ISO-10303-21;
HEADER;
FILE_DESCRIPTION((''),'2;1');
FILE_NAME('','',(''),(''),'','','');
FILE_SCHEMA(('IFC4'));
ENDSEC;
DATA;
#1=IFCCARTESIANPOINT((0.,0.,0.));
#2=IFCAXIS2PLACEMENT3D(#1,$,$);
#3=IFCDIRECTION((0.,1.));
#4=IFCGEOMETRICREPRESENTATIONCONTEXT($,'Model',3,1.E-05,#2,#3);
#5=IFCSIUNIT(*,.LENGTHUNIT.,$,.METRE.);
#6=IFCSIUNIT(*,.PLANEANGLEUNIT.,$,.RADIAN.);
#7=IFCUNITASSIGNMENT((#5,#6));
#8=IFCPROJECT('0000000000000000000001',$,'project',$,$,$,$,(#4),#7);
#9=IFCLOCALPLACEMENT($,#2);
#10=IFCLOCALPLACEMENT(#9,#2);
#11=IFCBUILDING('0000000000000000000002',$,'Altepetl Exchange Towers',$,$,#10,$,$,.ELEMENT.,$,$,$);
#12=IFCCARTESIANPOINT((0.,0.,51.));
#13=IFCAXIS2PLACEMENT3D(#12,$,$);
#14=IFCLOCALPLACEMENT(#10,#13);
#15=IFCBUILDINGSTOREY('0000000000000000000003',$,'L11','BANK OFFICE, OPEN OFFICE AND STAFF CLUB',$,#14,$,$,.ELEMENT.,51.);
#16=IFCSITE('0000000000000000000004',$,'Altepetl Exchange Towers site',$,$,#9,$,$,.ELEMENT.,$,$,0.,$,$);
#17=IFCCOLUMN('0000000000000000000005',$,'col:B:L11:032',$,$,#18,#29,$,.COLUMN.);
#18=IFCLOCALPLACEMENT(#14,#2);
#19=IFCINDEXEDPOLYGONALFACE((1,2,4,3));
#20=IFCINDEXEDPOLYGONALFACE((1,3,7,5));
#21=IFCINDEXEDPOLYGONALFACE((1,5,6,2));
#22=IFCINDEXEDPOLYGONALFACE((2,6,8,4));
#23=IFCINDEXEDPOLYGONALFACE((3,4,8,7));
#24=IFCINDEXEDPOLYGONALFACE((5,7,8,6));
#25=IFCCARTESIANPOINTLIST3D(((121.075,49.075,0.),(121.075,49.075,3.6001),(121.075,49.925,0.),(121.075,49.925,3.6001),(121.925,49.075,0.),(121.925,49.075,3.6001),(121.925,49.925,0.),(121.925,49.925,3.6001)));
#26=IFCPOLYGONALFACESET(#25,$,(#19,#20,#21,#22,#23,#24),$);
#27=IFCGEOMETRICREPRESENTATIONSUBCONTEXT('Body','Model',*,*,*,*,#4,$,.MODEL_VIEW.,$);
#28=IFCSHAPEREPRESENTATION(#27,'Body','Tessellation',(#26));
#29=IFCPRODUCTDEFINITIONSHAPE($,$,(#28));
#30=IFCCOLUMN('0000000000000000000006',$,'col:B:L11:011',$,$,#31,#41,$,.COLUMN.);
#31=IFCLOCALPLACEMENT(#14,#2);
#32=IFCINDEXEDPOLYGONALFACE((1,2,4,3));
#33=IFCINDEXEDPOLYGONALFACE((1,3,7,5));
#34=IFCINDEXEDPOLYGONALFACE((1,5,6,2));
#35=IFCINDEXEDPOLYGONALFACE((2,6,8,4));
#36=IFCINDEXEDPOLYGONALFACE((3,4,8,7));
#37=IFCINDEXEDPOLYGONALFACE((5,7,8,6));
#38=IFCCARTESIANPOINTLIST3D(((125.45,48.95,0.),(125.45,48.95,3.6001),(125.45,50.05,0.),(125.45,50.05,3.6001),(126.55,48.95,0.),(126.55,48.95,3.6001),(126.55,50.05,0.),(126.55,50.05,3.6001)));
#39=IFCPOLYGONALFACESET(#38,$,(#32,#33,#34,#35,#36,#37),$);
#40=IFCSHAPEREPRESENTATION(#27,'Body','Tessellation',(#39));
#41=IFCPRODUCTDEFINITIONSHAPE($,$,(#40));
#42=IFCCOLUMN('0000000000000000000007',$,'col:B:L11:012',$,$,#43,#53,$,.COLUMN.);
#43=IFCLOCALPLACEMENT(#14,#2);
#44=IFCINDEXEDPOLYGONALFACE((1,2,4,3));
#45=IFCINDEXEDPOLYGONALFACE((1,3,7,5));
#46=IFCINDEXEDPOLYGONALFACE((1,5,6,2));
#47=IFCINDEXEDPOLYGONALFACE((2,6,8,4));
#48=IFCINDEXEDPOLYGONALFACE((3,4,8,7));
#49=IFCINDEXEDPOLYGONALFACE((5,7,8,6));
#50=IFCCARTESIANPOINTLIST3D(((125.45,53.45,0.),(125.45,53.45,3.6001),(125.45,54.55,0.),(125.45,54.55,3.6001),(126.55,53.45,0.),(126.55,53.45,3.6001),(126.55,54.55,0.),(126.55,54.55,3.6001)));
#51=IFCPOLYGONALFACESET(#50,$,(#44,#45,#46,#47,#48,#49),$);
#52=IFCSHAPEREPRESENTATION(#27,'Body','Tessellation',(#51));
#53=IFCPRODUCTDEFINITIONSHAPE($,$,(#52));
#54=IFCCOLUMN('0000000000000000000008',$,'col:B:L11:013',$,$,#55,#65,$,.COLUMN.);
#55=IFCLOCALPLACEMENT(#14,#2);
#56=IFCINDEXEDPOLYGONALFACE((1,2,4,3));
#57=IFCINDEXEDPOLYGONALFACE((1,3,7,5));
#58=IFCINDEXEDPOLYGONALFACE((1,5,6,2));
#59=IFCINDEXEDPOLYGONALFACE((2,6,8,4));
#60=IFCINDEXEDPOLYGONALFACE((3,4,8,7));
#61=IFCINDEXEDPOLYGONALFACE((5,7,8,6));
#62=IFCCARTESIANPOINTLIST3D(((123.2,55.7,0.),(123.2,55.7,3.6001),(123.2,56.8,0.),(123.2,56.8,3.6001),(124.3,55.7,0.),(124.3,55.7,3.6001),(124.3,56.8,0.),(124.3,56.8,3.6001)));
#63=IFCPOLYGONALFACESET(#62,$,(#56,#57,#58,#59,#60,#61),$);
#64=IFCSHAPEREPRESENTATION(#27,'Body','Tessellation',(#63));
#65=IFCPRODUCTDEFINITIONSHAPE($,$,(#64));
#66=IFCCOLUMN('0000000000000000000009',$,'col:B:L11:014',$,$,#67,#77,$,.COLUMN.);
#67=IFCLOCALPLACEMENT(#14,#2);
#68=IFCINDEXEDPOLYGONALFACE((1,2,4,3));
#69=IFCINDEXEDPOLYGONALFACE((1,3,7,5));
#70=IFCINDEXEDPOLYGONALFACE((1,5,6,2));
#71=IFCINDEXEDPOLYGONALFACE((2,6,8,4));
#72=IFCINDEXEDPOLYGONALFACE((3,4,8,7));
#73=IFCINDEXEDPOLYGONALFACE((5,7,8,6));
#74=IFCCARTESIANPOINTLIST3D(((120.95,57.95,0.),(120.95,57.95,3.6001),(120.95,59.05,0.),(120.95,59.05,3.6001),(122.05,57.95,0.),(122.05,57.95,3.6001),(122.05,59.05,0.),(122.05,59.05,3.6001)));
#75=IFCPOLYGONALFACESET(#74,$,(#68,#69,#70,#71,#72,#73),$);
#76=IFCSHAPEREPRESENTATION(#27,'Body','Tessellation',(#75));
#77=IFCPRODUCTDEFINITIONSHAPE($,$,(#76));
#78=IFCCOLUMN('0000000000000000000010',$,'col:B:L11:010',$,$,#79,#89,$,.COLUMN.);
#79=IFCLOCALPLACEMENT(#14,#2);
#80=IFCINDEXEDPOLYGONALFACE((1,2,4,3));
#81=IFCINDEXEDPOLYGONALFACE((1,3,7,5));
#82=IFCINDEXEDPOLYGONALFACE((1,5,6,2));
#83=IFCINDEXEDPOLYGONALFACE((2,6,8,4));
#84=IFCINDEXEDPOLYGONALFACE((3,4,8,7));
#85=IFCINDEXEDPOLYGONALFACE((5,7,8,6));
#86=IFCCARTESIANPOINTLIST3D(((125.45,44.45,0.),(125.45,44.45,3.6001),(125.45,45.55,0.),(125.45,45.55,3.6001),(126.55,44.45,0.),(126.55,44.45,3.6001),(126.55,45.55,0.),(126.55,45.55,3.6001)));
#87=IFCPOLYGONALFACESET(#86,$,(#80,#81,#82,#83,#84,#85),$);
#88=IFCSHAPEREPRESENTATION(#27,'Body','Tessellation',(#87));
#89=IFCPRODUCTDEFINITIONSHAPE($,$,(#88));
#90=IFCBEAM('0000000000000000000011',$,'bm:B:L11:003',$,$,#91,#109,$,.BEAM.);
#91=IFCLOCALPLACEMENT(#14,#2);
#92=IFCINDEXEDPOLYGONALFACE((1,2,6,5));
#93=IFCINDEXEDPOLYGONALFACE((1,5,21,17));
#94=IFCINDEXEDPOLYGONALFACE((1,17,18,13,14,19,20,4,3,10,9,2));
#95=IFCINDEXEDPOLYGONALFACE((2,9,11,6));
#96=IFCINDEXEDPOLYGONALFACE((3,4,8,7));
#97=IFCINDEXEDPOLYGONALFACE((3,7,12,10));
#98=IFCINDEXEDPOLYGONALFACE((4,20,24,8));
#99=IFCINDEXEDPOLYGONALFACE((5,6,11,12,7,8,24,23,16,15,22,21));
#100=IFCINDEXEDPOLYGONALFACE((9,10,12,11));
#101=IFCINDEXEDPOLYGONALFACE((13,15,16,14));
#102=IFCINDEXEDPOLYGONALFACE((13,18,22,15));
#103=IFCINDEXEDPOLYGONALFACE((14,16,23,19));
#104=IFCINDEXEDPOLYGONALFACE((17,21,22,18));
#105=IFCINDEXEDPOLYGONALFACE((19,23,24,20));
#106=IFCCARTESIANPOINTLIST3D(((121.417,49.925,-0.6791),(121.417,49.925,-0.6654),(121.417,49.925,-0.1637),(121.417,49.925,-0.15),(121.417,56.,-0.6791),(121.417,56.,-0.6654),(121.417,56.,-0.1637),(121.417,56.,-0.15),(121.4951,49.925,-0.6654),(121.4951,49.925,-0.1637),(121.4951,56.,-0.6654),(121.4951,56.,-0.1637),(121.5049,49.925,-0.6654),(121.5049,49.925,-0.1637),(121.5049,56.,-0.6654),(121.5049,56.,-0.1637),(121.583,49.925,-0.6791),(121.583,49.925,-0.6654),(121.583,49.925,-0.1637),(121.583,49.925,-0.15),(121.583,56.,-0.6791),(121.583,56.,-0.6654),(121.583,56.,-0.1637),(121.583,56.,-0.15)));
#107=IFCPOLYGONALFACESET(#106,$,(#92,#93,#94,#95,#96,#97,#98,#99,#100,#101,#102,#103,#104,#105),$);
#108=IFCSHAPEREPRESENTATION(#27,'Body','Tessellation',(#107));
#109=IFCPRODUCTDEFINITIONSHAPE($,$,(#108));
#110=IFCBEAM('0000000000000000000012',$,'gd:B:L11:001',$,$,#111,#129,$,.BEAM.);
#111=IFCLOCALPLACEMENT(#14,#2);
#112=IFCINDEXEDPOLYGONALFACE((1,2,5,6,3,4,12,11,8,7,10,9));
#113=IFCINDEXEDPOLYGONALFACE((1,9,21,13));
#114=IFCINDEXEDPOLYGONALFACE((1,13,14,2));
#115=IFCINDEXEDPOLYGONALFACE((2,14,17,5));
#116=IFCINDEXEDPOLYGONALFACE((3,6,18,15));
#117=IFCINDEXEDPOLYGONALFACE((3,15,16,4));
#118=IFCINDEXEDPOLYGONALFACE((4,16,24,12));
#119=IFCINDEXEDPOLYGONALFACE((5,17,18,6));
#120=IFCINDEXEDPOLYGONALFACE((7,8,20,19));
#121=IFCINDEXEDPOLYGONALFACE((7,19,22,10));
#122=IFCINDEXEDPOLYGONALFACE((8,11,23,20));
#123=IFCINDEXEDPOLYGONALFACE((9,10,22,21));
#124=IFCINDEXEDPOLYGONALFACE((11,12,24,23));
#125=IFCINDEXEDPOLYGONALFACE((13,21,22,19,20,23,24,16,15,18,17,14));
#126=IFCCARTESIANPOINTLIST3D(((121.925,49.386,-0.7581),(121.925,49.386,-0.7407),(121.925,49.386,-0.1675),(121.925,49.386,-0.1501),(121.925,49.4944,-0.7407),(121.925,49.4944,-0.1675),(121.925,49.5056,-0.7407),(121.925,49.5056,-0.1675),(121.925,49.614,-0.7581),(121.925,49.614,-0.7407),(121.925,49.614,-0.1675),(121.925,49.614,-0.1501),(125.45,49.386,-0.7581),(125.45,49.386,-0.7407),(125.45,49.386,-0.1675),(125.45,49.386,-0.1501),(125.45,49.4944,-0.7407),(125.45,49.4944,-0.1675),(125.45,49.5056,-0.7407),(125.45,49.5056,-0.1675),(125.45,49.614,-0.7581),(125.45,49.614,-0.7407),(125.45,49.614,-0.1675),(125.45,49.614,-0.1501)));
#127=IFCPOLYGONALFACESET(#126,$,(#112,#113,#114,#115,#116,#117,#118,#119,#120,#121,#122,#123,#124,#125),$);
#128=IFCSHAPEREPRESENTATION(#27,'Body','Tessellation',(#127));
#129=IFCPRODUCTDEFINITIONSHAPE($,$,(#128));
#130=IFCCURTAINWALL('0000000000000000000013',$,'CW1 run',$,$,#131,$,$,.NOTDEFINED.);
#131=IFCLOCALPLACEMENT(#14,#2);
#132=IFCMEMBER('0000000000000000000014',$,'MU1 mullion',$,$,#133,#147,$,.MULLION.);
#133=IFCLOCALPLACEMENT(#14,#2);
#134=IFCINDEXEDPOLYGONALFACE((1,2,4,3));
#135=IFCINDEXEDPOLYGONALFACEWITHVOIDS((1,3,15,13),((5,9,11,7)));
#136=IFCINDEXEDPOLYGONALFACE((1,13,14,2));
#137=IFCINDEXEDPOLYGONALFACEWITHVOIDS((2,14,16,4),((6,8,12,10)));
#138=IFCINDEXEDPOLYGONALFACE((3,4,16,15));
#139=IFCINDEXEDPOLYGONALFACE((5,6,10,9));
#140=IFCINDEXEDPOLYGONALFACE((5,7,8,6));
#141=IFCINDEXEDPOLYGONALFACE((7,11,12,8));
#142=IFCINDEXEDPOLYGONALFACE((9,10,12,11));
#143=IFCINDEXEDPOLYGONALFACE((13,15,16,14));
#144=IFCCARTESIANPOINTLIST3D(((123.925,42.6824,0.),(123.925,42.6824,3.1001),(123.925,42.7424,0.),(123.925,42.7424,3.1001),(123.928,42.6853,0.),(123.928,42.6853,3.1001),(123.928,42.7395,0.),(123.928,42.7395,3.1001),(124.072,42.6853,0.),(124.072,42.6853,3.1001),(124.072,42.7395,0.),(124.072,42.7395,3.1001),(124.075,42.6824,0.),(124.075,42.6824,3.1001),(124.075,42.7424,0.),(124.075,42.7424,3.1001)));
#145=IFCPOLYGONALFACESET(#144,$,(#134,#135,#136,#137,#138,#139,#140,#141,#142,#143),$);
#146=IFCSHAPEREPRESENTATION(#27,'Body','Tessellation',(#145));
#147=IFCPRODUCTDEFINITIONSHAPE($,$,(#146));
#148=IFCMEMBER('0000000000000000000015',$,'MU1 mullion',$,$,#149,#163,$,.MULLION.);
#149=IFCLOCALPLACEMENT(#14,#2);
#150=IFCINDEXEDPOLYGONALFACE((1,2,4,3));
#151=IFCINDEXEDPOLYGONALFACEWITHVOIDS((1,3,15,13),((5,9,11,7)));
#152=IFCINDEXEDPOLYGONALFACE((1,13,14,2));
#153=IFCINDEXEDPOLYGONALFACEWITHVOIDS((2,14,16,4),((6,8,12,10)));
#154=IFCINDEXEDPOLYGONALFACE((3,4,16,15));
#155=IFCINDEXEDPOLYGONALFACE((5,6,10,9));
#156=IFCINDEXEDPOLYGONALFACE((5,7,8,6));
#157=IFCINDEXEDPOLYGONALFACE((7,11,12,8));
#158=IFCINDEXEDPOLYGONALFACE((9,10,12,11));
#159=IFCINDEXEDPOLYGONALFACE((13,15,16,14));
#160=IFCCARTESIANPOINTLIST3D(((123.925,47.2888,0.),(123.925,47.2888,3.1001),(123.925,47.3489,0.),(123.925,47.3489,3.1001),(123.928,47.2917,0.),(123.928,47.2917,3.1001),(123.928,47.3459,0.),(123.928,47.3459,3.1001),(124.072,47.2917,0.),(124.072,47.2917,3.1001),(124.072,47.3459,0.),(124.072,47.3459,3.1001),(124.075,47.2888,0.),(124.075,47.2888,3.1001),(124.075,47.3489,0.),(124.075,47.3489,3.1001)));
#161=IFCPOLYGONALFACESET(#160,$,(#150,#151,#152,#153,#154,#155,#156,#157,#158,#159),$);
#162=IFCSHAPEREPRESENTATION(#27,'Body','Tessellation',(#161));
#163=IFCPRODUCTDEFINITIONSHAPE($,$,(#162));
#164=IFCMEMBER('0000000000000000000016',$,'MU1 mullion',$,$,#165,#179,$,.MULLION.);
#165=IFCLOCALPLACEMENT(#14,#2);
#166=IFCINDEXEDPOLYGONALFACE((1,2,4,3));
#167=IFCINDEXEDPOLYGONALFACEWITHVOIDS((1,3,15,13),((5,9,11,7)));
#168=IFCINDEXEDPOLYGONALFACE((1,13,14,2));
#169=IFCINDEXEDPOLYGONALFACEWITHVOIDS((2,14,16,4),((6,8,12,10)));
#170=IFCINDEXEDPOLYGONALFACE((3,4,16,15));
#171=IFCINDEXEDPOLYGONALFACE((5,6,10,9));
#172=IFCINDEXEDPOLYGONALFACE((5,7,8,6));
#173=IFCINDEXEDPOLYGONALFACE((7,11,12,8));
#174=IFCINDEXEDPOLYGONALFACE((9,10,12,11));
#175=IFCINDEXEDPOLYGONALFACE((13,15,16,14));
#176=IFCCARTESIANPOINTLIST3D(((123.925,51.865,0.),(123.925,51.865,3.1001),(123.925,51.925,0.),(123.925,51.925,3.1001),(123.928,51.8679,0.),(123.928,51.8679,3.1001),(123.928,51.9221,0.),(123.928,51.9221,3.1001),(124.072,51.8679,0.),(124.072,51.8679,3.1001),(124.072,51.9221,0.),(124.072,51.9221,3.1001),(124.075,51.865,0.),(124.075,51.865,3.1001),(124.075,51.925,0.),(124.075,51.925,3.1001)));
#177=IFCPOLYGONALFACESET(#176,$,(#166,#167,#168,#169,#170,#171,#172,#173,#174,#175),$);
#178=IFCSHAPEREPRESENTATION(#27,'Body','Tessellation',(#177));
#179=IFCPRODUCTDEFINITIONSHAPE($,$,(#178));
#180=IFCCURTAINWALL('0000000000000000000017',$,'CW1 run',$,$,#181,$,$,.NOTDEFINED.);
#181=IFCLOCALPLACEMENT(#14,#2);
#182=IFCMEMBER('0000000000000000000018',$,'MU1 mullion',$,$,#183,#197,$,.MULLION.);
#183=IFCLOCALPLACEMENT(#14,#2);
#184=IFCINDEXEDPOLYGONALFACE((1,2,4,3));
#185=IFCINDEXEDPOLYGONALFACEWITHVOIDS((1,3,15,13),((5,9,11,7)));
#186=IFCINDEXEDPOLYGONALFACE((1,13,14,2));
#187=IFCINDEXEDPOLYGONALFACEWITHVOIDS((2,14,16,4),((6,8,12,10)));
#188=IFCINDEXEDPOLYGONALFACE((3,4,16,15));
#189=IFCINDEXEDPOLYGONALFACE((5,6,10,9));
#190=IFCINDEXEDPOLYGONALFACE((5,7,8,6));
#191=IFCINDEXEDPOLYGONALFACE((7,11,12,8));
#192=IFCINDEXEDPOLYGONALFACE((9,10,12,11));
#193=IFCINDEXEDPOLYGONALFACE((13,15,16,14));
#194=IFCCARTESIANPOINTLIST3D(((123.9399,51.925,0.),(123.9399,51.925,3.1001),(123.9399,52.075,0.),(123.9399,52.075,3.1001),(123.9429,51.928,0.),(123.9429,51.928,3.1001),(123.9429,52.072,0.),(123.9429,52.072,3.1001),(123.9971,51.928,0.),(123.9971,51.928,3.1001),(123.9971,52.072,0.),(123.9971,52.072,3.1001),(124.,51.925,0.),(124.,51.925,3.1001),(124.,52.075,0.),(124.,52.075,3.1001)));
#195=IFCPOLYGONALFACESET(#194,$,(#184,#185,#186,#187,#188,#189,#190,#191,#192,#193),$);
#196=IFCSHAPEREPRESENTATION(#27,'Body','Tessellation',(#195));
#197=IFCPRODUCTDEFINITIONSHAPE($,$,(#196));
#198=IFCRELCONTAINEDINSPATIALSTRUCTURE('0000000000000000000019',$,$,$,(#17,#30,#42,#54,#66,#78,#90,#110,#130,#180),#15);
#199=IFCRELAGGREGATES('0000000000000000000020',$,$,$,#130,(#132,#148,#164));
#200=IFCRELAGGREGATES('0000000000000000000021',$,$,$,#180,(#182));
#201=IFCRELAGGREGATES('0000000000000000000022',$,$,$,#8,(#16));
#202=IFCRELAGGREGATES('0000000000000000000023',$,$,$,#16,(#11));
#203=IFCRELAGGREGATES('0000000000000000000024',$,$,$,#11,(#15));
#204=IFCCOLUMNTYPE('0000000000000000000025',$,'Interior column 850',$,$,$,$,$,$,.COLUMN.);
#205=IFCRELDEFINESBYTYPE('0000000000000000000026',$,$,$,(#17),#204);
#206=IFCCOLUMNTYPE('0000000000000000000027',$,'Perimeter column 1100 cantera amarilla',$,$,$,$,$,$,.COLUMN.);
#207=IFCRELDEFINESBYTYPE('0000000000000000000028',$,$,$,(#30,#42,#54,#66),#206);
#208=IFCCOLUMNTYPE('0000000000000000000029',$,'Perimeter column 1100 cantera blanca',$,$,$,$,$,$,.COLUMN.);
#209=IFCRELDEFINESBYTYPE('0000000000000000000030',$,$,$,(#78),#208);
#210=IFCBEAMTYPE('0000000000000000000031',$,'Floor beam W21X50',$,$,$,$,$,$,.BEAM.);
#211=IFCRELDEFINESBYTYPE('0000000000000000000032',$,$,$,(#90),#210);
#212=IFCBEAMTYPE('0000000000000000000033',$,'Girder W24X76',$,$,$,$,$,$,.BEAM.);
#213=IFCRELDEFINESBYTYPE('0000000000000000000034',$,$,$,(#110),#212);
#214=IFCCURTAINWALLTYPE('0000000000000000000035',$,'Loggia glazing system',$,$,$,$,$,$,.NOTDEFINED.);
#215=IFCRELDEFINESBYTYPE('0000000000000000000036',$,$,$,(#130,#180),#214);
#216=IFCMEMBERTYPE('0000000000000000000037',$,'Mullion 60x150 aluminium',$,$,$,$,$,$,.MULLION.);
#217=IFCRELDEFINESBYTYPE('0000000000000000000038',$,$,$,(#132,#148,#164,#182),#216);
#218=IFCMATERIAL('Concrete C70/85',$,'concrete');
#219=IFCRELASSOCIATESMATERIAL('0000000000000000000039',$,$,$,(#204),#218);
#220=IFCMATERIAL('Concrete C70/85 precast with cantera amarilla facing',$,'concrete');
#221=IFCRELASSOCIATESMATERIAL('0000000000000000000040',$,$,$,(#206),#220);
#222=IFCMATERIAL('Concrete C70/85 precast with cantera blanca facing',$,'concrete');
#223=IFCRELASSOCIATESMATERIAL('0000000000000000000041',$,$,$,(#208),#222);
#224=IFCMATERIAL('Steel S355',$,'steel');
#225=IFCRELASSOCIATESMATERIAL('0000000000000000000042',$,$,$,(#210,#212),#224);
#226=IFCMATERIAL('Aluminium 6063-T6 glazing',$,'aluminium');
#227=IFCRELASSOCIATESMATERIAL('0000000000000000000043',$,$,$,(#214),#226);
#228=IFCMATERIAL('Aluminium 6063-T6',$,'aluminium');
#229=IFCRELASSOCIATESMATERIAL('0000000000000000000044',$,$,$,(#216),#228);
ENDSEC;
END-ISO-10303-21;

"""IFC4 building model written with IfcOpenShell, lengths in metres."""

from ifc_helpers import new_model, si_unit, direction, frame, origin, origin_2d, place, context, subcontext, project, spatial, rectangle, hollow_rectangle, i_section, extrude, material, material_profile, profile_set, type_object, element, aggregate, save


model = new_model("IFC4")

# Units and contexts
model_context = context("Model", 3, precision=1e-05, world=origin(), true_north=direction((0.0, 1.0)))
body_context = subcontext(model_context, "Body", "Model", "MODEL_VIEW")
ifc_project = project(units=[si_unit("LENGTHUNIT", "METRE"), si_unit("PLANEANGLEUNIT", "RADIAN")], contexts=[model_context])

# Site, building, storey
site_placement = place(None, origin())
site = spatial("IfcSite", under=ifc_project, at=site_placement, Name="Altepetl Exchange Towers site", CompositionType="ELEMENT", RefElevation=0.0)
building_placement = place(site_placement, origin())
building = spatial("IfcBuilding", under=site, at=building_placement, Name="Altepetl Exchange Towers", CompositionType="ELEMENT")
storey_placement = place(building_placement, frame((0.0, 0.0, 51.0)))
storey = spatial("IfcBuildingStorey", under=building, at=storey_placement, Name="L11", Description="BANK OFFICE, OPEN OFFICE AND STAFF CLUB", CompositionType="ELEMENT", Elevation=51.0)

# Columns
ifc_material_1 = material(Name="Concrete C70/85", Category="concrete")
ifc_material_profile_1 = material_profile(ifc_material_1, rectangle(XDim=0.8501, YDim=0.8501, at=origin_2d()), Name="850 x 850")
ifc_profile_set_1 = profile_set([ifc_material_profile_1], Name="Concrete C70/85")
column_type_1 = type_object("IfcColumnType", Name="Interior column 850", PredefinedType="COLUMN", material=ifc_profile_set_1)
column_1_placement = place(storey_placement, frame((121.5, 49.5, 0.0)))
element("IfcColumn", 1, at=column_1_placement, inside=storey, type_object=column_type_1, Name="col:B:L11:032", PredefinedType="COLUMN", context=body_context, shape_type="SweptSolid", body=[
    extrude(rectangle(XDim=0.8501, YDim=0.8501, at=origin_2d()), origin(), (0.0, 0.0, 1.0), 3.6001),
])
ifc_material_2 = material(Name="Concrete C70/85 precast with cantera amarilla facing", Category="concrete")
ifc_material_profile_2 = material_profile(ifc_material_2, rectangle(XDim=1.1001, YDim=1.1001, at=origin_2d()), Name="1100 x 1100")
ifc_profile_set_2 = profile_set([ifc_material_profile_2], Name="Concrete C70/85 precast with cantera amarilla facing")
column_type_2 = type_object("IfcColumnType", Name="Perimeter column 1100 cantera amarilla", PredefinedType="COLUMN", material=ifc_profile_set_2)
for number, where, name in (
    (2, (126.0, 49.5, 0.0), "col:B:L11:011"),
    (3, (126.0, 54.0, 0.0), "col:B:L11:012"),
    (4, (123.75, 56.25, 0.0), "col:B:L11:013"),
    (5, (121.5, 58.5, 0.0), "col:B:L11:014"),
):
    element("IfcColumn", number, at=place(storey_placement, frame(where)), inside=storey, type_object=column_type_2, Name=name, PredefinedType="COLUMN", context=body_context, shape_type="SweptSolid", body=[
        extrude(rectangle(XDim=1.1001, YDim=1.1001, at=origin_2d()), origin(), (0.0, 0.0, 1.0), 3.6001),
    ])
ifc_material_3 = material(Name="Concrete C70/85 precast with cantera blanca facing", Category="concrete")
ifc_material_profile_3 = material_profile(ifc_material_3, rectangle(XDim=1.1001, YDim=1.1001, at=origin_2d()), Name="1100 x 1100")
ifc_profile_set_3 = profile_set([ifc_material_profile_3], Name="Concrete C70/85 precast with cantera blanca facing")
column_type_3 = type_object("IfcColumnType", Name="Perimeter column 1100 cantera blanca", PredefinedType="COLUMN", material=ifc_profile_set_3)
column_2_placement = place(storey_placement, frame((126.0, 45.0, 0.0)))
element("IfcColumn", 6, at=column_2_placement, inside=storey, type_object=column_type_3, Name="col:B:L11:010", PredefinedType="COLUMN", context=body_context, shape_type="SweptSolid", body=[
    extrude(rectangle(XDim=1.1001, YDim=1.1001, at=origin_2d()), origin(), (0.0, 0.0, 1.0), 3.6001),
])

# Beams
ifc_material_4 = material(Name="Steel S355", Category="steel")
ifc_material_profile_4 = material_profile(ifc_material_4, i_section(OverallWidth=0.166, OverallDepth=0.5291, WebThickness=0.0098, FlangeThickness=0.0137, at=origin_2d()), Name="W21X50")
ifc_profile_set_4 = profile_set([ifc_material_profile_4], Name="Steel S355")
beam_type_1 = type_object("IfcBeamType", Name="Floor beam W21X50", PredefinedType="BEAM", material=ifc_profile_set_4)
beam_1_placement = place(storey_placement, frame((121.5, 49.925, -0.4146), z_axis=(0.0, 1.0, 0.0), x_axis=(-1.0, 0.0, 0.0)))
element("IfcBeam", 7, at=beam_1_placement, inside=storey, type_object=beam_type_1, Name="bm:B:L11:003", PredefinedType="BEAM", context=body_context, shape_type="SweptSolid", body=[
    extrude(i_section(OverallWidth=0.166, OverallDepth=0.5291, WebThickness=0.0098, FlangeThickness=0.0137, at=origin_2d()), origin(), (0.0, 0.0, 1.0), 6.075),
])
ifc_material_profile_5 = material_profile(ifc_material_4, i_section(OverallWidth=0.228, OverallDepth=0.6079, WebThickness=0.0112, FlangeThickness=0.0173, at=origin_2d()), Name="W24X76")
ifc_profile_set_5 = profile_set([ifc_material_profile_5], Name="Steel S355")
beam_type_2 = type_object("IfcBeamType", Name="Girder W24X76", PredefinedType="BEAM", material=ifc_profile_set_5)
beam_2_placement = place(storey_placement, frame((121.925, 49.5, -0.4541), z_axis=(1.0, 0.0, 0.0), x_axis=(0.0, 1.0, 0.0)))
element("IfcBeam", 8, at=beam_2_placement, inside=storey, type_object=beam_type_2, Name="gd:B:L11:001", PredefinedType="BEAM", context=body_context, shape_type="SweptSolid", body=[
    extrude(i_section(OverallWidth=0.228, OverallDepth=0.6079, WebThickness=0.0112, FlangeThickness=0.0173, at=origin_2d()), origin(), (0.0, 0.0, 1.0), 3.5249),
])

# Curtain walls, members
ifc_material_5 = material(Name="Aluminium 6063-T6 glazing", Category="aluminium")
curtain_wall_type = type_object("IfcCurtainWallType", Name="Loggia glazing system", PredefinedType="NOTDEFINED", material=ifc_material_5)
curtain_wall_1_placement = place(storey_placement, origin())
curtain_wall_1 = element("IfcCurtainWall", 9, at=curtain_wall_1_placement, inside=storey, type_object=curtain_wall_type, Name="CW1 run", PredefinedType="NOTDEFINED")
ifc_material_6 = material(Name="Aluminium 6063-T6", Category="aluminium")
ifc_material_profile_6 = material_profile(ifc_material_6, hollow_rectangle(XDim=0.0601, YDim=0.1499, WallThickness=0.0029, at=origin_2d()), Name="Mullion 60x150 aluminium")
ifc_profile_set_6 = profile_set([ifc_material_profile_6], Name="Aluminium 6063-T6")
member_type = type_object("IfcMemberType", Name="Mullion 60x150 aluminium", PredefinedType="MULLION", material=ifc_profile_set_6)
member_1_placement = place(storey_placement, frame((124.0, 42.7124, 0.0), z_axis=(0.0, 0.0, 1.0), x_axis=(0.0, 1.0, 0.0)))
member_1 = element("IfcMember", 10, at=member_1_placement, type_object=member_type, Name="MU1 mullion", PredefinedType="MULLION", context=body_context, shape_type="SweptSolid", body=[
    extrude(hollow_rectangle(XDim=0.0601, YDim=0.1499, WallThickness=0.0029, at=origin_2d()), origin(), (0.0, 0.0, 1.0), 3.1001),
])
member_2_placement = place(storey_placement, frame((124.0, 47.3188, 0.0), z_axis=(0.0, 0.0, 1.0), x_axis=(0.0, 1.0, 0.0)))
member_2 = element("IfcMember", 11, at=member_2_placement, type_object=member_type, Name="MU1 mullion", PredefinedType="MULLION", context=body_context, shape_type="SweptSolid", body=[
    extrude(hollow_rectangle(XDim=0.0601, YDim=0.1499, WallThickness=0.0029, at=origin_2d()), origin(), (0.0, 0.0, 1.0), 3.1001),
])
member_3_placement = place(storey_placement, frame((124.0, 51.895, 0.0), z_axis=(0.0, 0.0, 1.0), x_axis=(0.0, 1.0, 0.0)))
member_3 = element("IfcMember", 12, at=member_3_placement, type_object=member_type, Name="MU1 mullion", PredefinedType="MULLION", context=body_context, shape_type="SweptSolid", body=[
    extrude(hollow_rectangle(XDim=0.0601, YDim=0.1499, WallThickness=0.0029, at=origin_2d()), origin(), (0.0, 0.0, 1.0), 3.1001),
])
curtain_wall_2_placement = place(storey_placement, origin())
curtain_wall_2 = element("IfcCurtainWall", 13, at=curtain_wall_2_placement, inside=storey, type_object=curtain_wall_type, Name="CW1 run", PredefinedType="NOTDEFINED")
member_4_placement = place(storey_placement, frame((123.97, 52.0, 0.0), z_axis=(0.0, 0.0, 1.0), x_axis=(-1.0, 0.0, 0.0)))
member_4 = element("IfcMember", 14, at=member_4_placement, type_object=member_type, Name="MU1 mullion", PredefinedType="MULLION", context=body_context, shape_type="SweptSolid", body=[
    extrude(hollow_rectangle(XDim=0.0601, YDim=0.1499, WallThickness=0.0029, at=origin_2d()), origin(), (0.0, 0.0, 1.0), 3.1001),
])

aggregate(curtain_wall_1, [member_1, member_2, member_3])
aggregate(curtain_wall_2, [member_4])

save(model, "model.ifc")
